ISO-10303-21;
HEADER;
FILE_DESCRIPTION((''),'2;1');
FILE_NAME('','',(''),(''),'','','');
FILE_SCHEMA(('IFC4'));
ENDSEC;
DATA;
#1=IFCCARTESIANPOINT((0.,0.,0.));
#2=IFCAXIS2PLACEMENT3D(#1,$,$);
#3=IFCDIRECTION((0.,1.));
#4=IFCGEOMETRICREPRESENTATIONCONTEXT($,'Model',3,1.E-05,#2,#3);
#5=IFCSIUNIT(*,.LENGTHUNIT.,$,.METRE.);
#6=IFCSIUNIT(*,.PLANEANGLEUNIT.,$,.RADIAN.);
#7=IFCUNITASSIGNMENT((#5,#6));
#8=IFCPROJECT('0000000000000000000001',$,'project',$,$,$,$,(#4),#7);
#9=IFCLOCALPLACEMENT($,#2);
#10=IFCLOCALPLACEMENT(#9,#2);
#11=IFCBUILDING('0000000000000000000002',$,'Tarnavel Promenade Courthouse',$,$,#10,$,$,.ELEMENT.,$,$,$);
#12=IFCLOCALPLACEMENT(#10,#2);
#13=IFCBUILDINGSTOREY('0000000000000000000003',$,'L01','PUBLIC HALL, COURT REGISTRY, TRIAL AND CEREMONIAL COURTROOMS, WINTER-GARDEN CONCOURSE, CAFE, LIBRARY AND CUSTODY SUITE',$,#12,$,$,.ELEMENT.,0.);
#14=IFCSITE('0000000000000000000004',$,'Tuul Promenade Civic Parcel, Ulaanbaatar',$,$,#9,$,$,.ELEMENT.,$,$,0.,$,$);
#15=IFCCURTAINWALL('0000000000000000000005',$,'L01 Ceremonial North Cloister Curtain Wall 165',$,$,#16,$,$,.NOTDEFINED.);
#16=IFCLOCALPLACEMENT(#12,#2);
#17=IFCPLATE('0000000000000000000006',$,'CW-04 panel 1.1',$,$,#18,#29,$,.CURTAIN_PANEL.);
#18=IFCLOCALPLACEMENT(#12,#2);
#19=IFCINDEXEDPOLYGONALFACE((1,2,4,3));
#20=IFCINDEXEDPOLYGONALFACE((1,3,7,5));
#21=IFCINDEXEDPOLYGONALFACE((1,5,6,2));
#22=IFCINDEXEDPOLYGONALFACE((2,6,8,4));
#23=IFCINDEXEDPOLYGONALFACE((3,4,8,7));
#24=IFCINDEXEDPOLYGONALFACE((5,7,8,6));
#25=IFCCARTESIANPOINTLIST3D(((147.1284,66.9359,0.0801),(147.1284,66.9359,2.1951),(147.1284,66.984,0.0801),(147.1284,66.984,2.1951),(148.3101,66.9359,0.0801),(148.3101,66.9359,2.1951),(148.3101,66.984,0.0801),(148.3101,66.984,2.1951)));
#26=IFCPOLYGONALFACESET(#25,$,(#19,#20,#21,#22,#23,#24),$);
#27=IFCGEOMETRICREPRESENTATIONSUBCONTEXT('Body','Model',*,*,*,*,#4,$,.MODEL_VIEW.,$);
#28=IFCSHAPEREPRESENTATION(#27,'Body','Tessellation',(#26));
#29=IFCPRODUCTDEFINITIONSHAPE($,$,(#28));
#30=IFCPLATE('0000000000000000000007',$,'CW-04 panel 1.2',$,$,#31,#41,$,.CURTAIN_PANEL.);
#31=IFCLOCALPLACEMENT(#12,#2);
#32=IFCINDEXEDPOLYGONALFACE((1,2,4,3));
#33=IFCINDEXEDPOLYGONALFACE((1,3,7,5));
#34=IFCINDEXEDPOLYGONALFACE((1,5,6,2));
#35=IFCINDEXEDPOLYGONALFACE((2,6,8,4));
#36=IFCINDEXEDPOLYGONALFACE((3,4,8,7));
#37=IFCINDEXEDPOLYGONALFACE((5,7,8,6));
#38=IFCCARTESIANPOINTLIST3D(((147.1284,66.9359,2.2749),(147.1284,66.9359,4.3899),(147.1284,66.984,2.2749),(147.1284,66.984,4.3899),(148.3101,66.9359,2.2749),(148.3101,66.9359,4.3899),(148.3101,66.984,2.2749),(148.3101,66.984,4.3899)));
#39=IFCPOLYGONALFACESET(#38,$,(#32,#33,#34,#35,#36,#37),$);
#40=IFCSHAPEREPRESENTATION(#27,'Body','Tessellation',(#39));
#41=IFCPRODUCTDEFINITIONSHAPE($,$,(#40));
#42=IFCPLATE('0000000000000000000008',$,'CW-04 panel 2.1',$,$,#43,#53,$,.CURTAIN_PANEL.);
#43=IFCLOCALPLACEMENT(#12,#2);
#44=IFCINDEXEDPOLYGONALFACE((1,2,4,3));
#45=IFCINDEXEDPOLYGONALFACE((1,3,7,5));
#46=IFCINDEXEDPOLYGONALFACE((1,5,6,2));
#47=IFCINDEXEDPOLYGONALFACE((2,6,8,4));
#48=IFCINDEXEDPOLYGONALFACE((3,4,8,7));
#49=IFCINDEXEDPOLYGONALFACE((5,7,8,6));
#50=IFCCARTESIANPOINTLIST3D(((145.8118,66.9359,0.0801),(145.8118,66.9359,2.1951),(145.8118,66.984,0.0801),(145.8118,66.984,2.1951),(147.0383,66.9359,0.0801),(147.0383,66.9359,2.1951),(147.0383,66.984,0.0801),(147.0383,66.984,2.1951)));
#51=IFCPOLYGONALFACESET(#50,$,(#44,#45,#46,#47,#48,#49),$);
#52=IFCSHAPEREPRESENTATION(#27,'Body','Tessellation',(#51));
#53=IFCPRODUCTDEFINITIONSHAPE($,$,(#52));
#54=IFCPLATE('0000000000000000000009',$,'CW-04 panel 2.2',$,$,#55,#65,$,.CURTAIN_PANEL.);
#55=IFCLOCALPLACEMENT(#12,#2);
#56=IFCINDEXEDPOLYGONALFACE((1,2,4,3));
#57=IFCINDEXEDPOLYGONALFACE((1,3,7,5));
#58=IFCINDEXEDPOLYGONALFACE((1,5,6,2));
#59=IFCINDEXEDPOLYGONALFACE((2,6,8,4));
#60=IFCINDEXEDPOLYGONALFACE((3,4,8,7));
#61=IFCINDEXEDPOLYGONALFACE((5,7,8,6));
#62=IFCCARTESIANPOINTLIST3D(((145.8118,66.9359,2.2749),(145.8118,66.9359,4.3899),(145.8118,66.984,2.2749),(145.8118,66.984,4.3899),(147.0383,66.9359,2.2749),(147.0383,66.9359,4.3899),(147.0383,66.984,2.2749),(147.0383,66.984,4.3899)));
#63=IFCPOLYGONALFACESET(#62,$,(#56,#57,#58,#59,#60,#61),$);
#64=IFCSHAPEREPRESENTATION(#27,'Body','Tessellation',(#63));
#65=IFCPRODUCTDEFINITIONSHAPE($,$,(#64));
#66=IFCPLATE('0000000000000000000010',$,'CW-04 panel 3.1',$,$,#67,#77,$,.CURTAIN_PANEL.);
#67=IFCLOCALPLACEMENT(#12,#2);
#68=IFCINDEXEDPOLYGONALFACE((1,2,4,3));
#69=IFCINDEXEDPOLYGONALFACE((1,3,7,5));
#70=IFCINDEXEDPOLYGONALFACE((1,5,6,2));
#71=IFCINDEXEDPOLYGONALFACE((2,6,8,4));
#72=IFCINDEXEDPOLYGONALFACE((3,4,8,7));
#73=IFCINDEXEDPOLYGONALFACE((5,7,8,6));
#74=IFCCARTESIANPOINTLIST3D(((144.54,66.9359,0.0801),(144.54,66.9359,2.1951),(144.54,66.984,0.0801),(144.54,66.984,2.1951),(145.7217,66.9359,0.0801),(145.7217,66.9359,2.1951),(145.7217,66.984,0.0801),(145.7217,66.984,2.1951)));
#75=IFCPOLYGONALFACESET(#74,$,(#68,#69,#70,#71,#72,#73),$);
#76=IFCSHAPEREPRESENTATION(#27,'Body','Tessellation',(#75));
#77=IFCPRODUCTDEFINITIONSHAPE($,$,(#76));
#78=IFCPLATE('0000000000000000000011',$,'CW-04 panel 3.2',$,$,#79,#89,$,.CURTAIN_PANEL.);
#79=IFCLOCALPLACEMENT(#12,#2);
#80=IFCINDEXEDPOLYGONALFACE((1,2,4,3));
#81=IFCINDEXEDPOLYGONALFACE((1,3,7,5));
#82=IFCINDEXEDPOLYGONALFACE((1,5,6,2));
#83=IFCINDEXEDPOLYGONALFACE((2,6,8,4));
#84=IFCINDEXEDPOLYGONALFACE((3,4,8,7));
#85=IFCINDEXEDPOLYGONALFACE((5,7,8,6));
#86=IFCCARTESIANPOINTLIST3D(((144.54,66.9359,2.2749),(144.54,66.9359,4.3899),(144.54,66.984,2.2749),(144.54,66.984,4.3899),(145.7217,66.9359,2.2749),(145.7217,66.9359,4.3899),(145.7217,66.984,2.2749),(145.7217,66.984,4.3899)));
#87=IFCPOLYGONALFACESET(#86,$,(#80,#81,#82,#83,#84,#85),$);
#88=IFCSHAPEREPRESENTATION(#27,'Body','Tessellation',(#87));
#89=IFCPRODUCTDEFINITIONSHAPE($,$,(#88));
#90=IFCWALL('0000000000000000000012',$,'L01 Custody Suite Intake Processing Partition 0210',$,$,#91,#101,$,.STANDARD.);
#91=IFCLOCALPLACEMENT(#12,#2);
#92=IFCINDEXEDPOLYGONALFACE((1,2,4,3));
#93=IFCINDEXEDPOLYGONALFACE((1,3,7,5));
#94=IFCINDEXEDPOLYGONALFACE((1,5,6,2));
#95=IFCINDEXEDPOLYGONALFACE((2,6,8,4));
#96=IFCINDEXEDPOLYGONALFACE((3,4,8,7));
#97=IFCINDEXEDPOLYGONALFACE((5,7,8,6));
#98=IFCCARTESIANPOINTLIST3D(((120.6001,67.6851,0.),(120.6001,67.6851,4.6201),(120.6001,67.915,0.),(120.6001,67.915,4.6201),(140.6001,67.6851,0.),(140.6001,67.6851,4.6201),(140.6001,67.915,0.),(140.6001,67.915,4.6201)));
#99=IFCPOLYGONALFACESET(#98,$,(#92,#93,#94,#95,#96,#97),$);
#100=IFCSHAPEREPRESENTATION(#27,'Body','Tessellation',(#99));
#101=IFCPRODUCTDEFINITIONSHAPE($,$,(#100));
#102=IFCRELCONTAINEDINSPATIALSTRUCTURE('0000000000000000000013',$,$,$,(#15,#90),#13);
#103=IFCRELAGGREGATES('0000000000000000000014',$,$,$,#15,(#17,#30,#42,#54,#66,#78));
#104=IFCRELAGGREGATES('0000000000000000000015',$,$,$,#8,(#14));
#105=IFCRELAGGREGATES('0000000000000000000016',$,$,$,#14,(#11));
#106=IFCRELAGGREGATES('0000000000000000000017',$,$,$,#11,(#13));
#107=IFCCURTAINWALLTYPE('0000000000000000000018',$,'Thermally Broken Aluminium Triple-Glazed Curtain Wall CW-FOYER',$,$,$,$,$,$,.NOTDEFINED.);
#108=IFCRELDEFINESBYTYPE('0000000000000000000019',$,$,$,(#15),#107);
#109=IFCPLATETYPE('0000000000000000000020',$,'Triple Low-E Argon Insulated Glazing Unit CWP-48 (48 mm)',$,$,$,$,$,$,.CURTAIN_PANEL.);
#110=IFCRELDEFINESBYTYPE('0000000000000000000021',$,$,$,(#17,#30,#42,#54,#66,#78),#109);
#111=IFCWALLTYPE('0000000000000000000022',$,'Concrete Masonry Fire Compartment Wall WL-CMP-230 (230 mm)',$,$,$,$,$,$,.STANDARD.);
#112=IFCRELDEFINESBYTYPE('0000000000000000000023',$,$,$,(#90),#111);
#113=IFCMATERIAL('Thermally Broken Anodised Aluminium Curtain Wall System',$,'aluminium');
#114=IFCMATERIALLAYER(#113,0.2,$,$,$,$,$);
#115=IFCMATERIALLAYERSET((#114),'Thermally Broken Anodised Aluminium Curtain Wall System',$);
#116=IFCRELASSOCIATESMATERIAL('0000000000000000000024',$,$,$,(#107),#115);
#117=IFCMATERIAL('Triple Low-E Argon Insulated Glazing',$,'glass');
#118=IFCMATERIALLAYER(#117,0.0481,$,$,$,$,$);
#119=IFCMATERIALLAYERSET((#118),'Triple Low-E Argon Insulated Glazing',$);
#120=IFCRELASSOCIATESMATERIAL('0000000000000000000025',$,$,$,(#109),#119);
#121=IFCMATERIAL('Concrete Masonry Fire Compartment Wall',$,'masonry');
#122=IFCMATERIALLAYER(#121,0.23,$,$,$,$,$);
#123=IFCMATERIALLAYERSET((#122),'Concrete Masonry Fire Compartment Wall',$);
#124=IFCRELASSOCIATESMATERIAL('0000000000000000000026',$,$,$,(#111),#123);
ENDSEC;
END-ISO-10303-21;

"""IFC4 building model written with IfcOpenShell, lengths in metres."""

from ifc_helpers import new_model, si_unit, direction, frame, frame_2d, origin, origin_2d, place, context, subcontext, project, spatial, rectangle, extrude, material, layer, layer_set, type_object, element, aggregate, save


model = new_model("IFC4")

# Units and contexts
model_context = context("Model", 3, precision=1e-05, world=origin(), true_north=direction((0.0, 1.0)))
body_context = subcontext(model_context, "Body", "Model", "MODEL_VIEW")
ifc_project = project(units=[si_unit("LENGTHUNIT", "METRE"), si_unit("PLANEANGLEUNIT", "RADIAN")], contexts=[model_context])

# Site, building, storey
site_placement = place(None, origin())
site = spatial("IfcSite", under=ifc_project, at=site_placement, Name="Tuul Promenade Civic Parcel, Ulaanbaatar", CompositionType="ELEMENT", RefElevation=0.0)
building_placement = place(site_placement, origin())
building = spatial("IfcBuilding", under=site, at=building_placement, Name="Tarnavel Promenade Courthouse", CompositionType="ELEMENT")
storey_placement = place(building_placement, origin())
storey = spatial("IfcBuildingStorey", under=building, at=storey_placement, Name="L01", Description="PUBLIC HALL, COURT REGISTRY, TRIAL AND CEREMONIAL COURTROOMS, WINTER-GARDEN CONCOURSE, CAFE, LIBRARY AND CUSTODY SUITE", CompositionType="ELEMENT", Elevation=0.0)

# Curtain wall
ifc_material_1 = material(Name="Thermally Broken Anodised Aluminium Curtain Wall System", Category="aluminium")
ifc_layer_1 = layer(ifc_material_1, 0.2)
ifc_layer_set_1 = layer_set([ifc_layer_1], Name="Thermally Broken Anodised Aluminium Curtain Wall System")
curtain_wall_type = type_object("IfcCurtainWallType", Name="Thermally Broken Aluminium Triple-Glazed Curtain Wall CW-FOYER", PredefinedType="NOTDEFINED", material=ifc_layer_set_1)
curtain_wall_1_placement = place(storey_placement, origin())
curtain_wall_1 = element("IfcCurtainWall", 1, at=curtain_wall_1_placement, inside=storey, type_object=curtain_wall_type, Name="L01 Ceremonial North Cloister Curtain Wall 165", PredefinedType="NOTDEFINED")

# Plates
ifc_material_2 = material(Name="Triple Low-E Argon Insulated Glazing", Category="glass")
ifc_layer_2 = layer(ifc_material_2, 0.0481)
ifc_layer_set_2 = layer_set([ifc_layer_2], Name="Triple Low-E Argon Insulated Glazing")
plate_type = type_object("IfcPlateType", Name="Triple Low-E Argon Insulated Glazing Unit CWP-48 (48 mm)", PredefinedType="CURTAIN_PANEL", material=ifc_layer_set_2)
plate_1_placement = place(storey_placement, frame((147.7192, 66.96, 0.0801), z_axis=(0.0, 0.0, 1.0), x_axis=(-1.0, 0.0, 0.0)))
plate_1 = element("IfcPlate", 2, at=plate_1_placement, type_object=plate_type, Name="CW-04 panel 1.1", PredefinedType="CURTAIN_PANEL", context=body_context, shape_type="SweptSolid", body=[
    extrude(rectangle(XDim=1.1816, YDim=0.0481, at=origin_2d()), origin(), (0.0, 0.0, 1.0), 2.115),
])
plate_2_placement = place(storey_placement, frame((147.7192, 66.96, 2.2749), z_axis=(0.0, 0.0, 1.0), x_axis=(-1.0, 0.0, 0.0)))
plate_2 = element("IfcPlate", 3, at=plate_2_placement, type_object=plate_type, Name="CW-04 panel 1.2", PredefinedType="CURTAIN_PANEL", context=body_context, shape_type="SweptSolid", body=[
    extrude(rectangle(XDim=1.1816, YDim=0.0481, at=origin_2d()), origin(), (0.0, 0.0, 1.0), 2.115),
])
plate_3_placement = place(storey_placement, frame((146.425, 66.96, 0.0801), z_axis=(0.0, 0.0, 1.0), x_axis=(-1.0, 0.0, 0.0)))
plate_3 = element("IfcPlate", 4, at=plate_3_placement, type_object=plate_type, Name="CW-04 panel 2.1", PredefinedType="CURTAIN_PANEL", context=body_context, shape_type="SweptSolid", body=[
    extrude(rectangle(XDim=1.2266, YDim=0.0481, at=origin_2d()), origin(), (0.0, 0.0, 1.0), 2.115),
])
plate_4_placement = place(storey_placement, frame((146.425, 66.96, 2.2749), z_axis=(0.0, 0.0, 1.0), x_axis=(-1.0, 0.0, 0.0)))
plate_4 = element("IfcPlate", 5, at=plate_4_placement, type_object=plate_type, Name="CW-04 panel 2.2", PredefinedType="CURTAIN_PANEL", context=body_context, shape_type="SweptSolid", body=[
    extrude(rectangle(XDim=1.2266, YDim=0.0481, at=origin_2d()), origin(), (0.0, 0.0, 1.0), 2.115),
])
plate_5_placement = place(storey_placement, frame((145.1309, 66.96, 0.0801), z_axis=(0.0, 0.0, 1.0), x_axis=(-1.0, 0.0, 0.0)))
plate_5 = element("IfcPlate", 6, at=plate_5_placement, type_object=plate_type, Name="CW-04 panel 3.1", PredefinedType="CURTAIN_PANEL", context=body_context, shape_type="SweptSolid", body=[
    extrude(rectangle(XDim=1.1816, YDim=0.0481, at=origin_2d()), origin(), (0.0, 0.0, 1.0), 2.115),
])
plate_6_placement = place(storey_placement, frame((145.1309, 66.96, 2.2749), z_axis=(0.0, 0.0, 1.0), x_axis=(-1.0, 0.0, 0.0)))
plate_6 = element("IfcPlate", 7, at=plate_6_placement, type_object=plate_type, Name="CW-04 panel 3.2", PredefinedType="CURTAIN_PANEL", context=body_context, shape_type="SweptSolid", body=[
    extrude(rectangle(XDim=1.1816, YDim=0.0481, at=origin_2d()), origin(), (0.0, 0.0, 1.0), 2.115),
])
aggregate(curtain_wall_1, [plate_1, plate_2, plate_3, plate_4, plate_5, plate_6])

# Wall
ifc_material_3 = material(Name="Concrete Masonry Fire Compartment Wall", Category="masonry")
ifc_layer_3 = layer(ifc_material_3, 0.23)
ifc_layer_set_3 = layer_set([ifc_layer_3], Name="Concrete Masonry Fire Compartment Wall")
wall_type = type_object("IfcWallType", Name="Concrete Masonry Fire Compartment Wall WL-CMP-230 (230 mm)", PredefinedType="STANDARD", material=ifc_layer_set_3)
wall_placement = place(storey_placement, frame((140.6001, 67.8, 0.0), z_axis=(0.0, 0.0, 1.0), x_axis=(-1.0, 0.0, 0.0)))
element("IfcWall", 8, at=wall_placement, inside=storey, type_object=wall_type, Name="L01 Custody Suite Intake Processing Partition 0210", PredefinedType="STANDARD", context=body_context, shape_type="SweptSolid", body=[
    extrude(rectangle(XDim=20.0, YDim=0.23, at=frame_2d((10.0, 0.0))), origin(), (0.0, 0.0, 1.0), 4.6201),
])

save(model, "model.ifc")
